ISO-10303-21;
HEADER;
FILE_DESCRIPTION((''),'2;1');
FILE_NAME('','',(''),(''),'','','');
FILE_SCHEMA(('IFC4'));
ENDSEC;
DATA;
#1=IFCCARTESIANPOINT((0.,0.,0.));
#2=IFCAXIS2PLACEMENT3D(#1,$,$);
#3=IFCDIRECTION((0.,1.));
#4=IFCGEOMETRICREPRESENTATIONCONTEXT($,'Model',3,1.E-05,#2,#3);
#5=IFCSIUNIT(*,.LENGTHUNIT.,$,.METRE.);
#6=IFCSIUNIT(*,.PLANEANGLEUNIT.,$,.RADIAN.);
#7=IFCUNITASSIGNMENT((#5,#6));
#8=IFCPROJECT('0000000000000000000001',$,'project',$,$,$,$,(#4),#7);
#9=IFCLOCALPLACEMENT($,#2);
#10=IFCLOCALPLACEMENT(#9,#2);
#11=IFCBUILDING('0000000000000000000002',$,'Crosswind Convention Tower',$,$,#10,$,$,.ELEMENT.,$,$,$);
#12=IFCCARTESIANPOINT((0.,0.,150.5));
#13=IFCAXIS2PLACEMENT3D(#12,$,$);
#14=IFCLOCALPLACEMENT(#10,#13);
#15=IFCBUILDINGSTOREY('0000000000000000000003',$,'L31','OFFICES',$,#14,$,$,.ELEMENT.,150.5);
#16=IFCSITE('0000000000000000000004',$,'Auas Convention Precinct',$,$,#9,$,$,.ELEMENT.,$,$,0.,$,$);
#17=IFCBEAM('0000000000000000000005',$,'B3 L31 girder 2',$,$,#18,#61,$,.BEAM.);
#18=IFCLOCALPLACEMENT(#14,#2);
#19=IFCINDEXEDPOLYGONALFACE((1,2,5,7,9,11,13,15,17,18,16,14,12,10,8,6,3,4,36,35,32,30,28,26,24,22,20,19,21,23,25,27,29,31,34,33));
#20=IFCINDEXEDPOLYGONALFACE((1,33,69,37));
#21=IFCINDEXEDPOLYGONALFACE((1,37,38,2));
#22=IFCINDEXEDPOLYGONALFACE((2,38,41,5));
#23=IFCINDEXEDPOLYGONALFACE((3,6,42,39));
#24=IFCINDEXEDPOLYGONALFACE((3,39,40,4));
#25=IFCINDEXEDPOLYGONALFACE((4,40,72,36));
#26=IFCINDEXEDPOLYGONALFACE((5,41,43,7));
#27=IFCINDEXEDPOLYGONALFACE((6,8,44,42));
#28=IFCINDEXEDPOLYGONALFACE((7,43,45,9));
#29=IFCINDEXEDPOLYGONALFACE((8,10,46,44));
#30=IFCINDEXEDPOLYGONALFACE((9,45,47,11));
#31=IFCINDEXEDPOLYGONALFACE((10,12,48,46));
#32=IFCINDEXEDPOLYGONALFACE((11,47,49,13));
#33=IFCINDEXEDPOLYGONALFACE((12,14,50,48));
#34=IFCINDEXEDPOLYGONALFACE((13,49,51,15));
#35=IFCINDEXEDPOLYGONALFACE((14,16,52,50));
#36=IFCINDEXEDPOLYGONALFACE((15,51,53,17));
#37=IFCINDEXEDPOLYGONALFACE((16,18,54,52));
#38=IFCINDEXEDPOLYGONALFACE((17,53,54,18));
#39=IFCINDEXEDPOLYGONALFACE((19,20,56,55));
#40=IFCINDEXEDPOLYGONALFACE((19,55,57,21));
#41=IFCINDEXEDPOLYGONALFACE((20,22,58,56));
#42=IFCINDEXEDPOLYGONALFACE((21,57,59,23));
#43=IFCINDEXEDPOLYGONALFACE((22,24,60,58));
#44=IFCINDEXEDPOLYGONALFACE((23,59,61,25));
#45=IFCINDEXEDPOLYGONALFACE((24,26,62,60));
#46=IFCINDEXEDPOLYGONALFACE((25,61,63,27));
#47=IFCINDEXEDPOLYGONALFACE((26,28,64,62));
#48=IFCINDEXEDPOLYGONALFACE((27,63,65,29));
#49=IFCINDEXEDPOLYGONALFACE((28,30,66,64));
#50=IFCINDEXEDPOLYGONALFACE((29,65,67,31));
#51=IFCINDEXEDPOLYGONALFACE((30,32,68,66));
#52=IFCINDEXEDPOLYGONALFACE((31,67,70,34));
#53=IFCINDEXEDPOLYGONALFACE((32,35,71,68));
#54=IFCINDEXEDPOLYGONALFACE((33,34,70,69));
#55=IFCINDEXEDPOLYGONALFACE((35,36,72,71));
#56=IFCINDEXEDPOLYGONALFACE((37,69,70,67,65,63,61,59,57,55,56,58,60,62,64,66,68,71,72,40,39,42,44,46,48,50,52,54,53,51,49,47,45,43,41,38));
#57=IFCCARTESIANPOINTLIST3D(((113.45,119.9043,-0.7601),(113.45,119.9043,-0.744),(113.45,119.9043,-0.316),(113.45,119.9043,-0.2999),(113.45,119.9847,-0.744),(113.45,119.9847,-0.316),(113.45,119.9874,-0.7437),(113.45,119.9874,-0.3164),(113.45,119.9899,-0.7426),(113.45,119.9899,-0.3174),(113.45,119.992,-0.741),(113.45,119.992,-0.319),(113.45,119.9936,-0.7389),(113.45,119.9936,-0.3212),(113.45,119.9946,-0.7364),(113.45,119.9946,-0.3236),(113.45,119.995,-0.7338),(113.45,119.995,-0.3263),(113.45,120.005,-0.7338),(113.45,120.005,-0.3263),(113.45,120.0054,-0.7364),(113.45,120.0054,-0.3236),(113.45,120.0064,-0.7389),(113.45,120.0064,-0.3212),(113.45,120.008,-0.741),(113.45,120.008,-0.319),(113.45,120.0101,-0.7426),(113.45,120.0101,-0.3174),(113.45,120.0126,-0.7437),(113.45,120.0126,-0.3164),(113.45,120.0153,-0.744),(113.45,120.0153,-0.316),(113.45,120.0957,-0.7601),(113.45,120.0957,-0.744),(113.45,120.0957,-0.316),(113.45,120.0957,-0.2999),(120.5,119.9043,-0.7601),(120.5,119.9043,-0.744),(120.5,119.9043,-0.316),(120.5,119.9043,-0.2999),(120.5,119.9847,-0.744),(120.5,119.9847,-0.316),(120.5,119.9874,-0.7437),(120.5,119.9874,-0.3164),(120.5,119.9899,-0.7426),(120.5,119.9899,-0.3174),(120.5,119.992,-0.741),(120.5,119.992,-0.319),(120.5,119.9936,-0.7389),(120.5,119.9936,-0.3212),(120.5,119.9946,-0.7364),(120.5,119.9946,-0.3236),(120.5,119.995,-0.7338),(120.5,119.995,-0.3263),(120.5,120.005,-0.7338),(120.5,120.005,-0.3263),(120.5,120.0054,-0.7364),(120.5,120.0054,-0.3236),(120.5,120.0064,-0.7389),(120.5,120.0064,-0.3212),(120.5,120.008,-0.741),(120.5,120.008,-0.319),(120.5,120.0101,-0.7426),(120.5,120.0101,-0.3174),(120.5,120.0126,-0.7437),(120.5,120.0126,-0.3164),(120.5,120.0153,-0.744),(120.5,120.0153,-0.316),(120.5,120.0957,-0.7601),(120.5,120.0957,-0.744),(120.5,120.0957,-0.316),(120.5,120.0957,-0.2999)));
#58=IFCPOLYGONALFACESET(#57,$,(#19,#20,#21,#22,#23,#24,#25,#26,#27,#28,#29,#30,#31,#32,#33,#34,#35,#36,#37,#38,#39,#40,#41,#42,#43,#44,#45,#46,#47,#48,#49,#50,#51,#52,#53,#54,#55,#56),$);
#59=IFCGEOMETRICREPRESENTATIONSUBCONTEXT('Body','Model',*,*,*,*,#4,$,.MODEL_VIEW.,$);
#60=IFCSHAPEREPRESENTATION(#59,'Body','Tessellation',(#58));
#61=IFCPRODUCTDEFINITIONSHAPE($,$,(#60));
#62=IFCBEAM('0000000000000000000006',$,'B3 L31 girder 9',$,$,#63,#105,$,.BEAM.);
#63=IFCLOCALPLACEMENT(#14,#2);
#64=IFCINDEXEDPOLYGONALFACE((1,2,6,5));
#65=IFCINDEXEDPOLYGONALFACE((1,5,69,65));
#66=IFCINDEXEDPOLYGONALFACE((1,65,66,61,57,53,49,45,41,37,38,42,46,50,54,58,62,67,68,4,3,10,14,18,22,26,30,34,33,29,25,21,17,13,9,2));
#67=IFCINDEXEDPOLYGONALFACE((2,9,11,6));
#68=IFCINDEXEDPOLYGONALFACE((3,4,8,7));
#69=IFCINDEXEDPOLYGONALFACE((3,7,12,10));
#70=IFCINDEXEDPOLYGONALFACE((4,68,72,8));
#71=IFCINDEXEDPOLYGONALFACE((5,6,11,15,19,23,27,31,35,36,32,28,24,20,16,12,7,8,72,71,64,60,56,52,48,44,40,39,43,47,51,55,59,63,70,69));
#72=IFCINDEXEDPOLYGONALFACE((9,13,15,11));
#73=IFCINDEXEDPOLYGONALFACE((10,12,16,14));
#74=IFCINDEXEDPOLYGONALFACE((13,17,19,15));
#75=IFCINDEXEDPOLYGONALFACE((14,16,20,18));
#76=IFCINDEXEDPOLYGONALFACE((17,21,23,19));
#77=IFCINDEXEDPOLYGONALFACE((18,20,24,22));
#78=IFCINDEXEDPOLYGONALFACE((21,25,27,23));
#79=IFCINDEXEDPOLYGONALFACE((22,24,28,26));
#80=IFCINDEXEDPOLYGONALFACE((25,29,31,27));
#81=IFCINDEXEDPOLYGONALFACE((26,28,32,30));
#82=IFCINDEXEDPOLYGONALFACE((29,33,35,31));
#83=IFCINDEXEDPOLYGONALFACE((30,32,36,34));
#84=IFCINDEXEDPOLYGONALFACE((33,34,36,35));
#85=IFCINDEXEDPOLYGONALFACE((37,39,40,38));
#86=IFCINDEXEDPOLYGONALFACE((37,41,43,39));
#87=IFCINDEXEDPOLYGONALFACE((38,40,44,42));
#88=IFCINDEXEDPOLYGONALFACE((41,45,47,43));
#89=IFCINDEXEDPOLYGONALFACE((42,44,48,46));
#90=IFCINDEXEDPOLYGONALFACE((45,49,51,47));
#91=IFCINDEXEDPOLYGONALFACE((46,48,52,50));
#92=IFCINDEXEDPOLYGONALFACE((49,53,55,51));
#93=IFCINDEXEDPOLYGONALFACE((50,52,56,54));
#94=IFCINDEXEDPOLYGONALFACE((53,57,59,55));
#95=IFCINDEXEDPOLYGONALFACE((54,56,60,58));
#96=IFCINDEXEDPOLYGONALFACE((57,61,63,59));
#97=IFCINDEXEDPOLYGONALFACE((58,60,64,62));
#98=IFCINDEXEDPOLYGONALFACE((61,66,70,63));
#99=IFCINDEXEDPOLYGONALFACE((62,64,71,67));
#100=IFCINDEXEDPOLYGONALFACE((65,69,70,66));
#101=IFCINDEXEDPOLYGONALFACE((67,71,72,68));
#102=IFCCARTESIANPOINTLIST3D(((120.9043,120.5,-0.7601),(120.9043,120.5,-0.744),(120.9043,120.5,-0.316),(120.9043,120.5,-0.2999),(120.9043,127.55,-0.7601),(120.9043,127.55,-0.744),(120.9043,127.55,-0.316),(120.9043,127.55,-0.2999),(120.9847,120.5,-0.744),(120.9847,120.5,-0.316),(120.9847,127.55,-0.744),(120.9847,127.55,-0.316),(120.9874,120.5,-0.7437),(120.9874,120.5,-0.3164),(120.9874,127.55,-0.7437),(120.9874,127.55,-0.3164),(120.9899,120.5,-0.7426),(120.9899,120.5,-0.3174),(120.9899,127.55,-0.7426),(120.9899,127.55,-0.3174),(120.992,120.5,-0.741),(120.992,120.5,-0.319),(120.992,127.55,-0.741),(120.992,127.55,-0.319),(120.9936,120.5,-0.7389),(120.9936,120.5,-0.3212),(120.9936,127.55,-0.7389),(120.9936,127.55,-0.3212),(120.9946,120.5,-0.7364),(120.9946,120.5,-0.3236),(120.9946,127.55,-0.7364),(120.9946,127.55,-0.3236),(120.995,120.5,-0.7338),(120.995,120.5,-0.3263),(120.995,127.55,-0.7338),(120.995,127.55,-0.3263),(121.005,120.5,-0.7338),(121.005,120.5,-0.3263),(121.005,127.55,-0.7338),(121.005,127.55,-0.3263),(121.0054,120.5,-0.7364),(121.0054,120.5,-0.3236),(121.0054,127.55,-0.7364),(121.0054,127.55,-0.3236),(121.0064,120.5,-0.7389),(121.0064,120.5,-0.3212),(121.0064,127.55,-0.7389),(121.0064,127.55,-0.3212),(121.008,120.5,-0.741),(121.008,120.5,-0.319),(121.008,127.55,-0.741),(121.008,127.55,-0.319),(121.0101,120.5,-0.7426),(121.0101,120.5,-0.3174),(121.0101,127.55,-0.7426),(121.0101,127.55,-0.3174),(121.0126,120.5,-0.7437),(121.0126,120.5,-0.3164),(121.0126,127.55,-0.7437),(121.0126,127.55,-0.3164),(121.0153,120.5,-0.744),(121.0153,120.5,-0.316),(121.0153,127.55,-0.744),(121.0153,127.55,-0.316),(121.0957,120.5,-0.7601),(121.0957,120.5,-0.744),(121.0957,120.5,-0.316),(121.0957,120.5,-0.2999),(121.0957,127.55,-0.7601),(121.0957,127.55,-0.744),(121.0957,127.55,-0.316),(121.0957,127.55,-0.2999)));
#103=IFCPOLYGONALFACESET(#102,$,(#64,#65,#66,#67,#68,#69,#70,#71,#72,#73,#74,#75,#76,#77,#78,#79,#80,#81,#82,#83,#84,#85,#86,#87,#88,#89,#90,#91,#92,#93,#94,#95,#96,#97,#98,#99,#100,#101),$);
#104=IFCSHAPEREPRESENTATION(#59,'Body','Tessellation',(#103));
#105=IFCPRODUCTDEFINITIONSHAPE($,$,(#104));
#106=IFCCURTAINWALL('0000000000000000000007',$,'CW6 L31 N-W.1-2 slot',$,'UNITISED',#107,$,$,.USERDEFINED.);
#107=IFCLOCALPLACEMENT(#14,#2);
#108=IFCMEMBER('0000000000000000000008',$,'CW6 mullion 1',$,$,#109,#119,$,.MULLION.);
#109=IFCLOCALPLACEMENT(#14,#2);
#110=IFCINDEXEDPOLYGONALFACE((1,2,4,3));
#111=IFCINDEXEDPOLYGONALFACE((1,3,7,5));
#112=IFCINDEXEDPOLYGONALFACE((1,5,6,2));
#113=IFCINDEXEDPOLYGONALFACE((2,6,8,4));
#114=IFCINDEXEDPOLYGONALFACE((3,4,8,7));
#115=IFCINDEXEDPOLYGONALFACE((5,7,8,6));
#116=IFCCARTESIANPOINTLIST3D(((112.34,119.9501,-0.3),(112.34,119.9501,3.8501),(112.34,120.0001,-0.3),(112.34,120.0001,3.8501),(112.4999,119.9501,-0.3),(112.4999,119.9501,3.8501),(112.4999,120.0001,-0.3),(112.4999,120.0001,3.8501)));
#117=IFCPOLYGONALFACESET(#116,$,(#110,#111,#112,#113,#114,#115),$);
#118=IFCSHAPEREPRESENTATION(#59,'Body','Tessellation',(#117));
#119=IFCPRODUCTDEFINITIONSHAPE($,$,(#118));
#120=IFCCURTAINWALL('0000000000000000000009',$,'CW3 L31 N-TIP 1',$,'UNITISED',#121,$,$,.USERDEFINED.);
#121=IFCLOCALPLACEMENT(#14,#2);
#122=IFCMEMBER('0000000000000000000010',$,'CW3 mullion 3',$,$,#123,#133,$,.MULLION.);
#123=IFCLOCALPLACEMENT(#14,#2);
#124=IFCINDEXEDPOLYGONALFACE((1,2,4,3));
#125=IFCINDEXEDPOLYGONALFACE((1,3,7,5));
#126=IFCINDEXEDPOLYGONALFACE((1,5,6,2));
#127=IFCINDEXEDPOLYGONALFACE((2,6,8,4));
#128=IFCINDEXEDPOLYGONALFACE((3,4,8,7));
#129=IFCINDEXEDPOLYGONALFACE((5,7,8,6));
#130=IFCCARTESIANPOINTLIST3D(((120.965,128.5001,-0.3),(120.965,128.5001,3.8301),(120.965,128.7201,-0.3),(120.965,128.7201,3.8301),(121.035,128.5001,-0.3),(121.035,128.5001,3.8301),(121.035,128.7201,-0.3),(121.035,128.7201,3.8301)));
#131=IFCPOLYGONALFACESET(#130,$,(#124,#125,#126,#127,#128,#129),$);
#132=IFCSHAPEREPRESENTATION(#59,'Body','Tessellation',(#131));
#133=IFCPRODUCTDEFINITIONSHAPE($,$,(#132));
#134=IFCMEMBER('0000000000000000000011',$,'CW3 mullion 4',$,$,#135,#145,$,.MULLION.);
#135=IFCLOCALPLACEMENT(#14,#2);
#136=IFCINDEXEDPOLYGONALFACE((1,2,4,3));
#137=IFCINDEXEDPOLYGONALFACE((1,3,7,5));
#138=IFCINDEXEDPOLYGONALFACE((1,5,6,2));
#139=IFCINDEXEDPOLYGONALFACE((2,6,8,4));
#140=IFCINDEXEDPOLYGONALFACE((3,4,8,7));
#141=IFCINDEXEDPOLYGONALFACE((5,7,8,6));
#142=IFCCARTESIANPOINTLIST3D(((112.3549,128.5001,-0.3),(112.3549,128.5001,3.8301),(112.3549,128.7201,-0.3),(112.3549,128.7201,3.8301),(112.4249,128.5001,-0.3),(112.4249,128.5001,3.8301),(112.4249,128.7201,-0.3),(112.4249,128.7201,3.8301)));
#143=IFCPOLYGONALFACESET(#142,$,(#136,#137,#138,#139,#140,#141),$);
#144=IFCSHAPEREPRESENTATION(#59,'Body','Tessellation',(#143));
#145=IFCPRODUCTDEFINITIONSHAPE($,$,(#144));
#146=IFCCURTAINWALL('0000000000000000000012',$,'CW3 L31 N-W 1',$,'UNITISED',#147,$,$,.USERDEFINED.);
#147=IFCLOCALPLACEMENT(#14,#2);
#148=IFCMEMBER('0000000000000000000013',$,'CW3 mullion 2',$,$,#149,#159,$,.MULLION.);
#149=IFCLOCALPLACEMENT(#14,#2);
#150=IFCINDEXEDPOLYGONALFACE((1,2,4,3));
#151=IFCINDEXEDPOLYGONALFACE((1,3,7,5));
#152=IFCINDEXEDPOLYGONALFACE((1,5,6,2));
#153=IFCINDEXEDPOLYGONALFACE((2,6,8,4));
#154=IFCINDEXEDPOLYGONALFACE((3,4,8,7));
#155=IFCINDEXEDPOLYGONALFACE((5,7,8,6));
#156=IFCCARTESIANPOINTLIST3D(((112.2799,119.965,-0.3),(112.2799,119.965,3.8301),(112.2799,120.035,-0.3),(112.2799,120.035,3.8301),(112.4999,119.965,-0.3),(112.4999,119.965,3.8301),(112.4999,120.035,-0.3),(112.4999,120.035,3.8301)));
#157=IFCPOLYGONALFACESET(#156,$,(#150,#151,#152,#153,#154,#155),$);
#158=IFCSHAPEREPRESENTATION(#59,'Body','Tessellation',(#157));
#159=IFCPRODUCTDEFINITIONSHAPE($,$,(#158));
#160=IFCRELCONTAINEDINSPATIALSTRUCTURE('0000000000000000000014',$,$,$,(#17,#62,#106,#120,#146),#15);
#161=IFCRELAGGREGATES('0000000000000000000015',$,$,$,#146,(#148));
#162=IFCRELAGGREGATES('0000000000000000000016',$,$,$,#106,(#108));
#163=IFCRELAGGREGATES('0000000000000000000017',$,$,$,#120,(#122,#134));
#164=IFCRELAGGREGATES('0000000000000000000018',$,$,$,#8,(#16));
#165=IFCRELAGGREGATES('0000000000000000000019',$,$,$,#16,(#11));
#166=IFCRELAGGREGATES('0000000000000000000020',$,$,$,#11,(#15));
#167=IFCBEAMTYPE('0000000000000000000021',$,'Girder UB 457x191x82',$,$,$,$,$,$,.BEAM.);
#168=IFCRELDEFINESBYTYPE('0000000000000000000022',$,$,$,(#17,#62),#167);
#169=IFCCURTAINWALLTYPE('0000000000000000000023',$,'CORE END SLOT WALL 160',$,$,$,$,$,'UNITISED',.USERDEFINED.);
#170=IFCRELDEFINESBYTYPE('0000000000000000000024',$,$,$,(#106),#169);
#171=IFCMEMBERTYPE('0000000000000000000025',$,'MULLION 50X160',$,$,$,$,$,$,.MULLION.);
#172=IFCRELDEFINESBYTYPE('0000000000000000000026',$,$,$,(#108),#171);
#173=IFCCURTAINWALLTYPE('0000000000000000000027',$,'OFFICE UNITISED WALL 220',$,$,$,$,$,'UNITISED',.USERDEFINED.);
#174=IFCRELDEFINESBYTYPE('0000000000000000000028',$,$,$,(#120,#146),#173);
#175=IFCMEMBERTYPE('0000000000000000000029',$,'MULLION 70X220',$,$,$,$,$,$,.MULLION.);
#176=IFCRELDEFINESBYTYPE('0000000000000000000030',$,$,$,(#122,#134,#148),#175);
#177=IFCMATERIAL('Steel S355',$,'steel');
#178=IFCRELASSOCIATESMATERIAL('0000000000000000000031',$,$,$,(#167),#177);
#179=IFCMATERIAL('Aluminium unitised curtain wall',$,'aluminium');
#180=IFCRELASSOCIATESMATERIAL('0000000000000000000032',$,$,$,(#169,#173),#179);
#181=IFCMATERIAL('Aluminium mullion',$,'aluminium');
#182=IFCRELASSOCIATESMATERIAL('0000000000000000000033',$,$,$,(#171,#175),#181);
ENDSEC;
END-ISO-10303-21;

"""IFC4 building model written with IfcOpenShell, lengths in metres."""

from ifc_helpers import new_model, si_unit, direction, frame, origin, origin_2d, place, context, subcontext, project, spatial, rectangle, i_section, extrude, material, material_profile, profile_set, type_object, element, aggregate, save


model = new_model("IFC4")

# Units and contexts
model_context = context("Model", 3, precision=1e-05, world=origin(), true_north=direction((0.0, 1.0)))
body_context = subcontext(model_context, "Body", "Model", "MODEL_VIEW")
ifc_project = project(units=[si_unit("LENGTHUNIT", "METRE"), si_unit("PLANEANGLEUNIT", "RADIAN")], contexts=[model_context])

# Site, building, storey
site_placement = place(None, origin())
site = spatial("IfcSite", under=ifc_project, at=site_placement, Name="Auas Convention Precinct", CompositionType="ELEMENT", RefElevation=0.0)
building_placement = place(site_placement, origin())
building = spatial("IfcBuilding", under=site, at=building_placement, Name="Crosswind Convention Tower", CompositionType="ELEMENT")
storey_placement = place(building_placement, frame((0.0, 0.0, 150.5)))
storey = spatial("IfcBuildingStorey", under=building, at=storey_placement, Name="L31", Description="OFFICES", CompositionType="ELEMENT", Elevation=150.5)

# Beams
ifc_material_1 = material(Name="Steel S355", Category="steel")
ifc_material_profile_1 = material_profile(ifc_material_1, i_section(OverallWidth=0.1914, OverallDepth=0.4602, WebThickness=0.01, FlangeThickness=0.0161, FilletRadius=0.0103, at=origin_2d()), Name="UB 457x191x82")
ifc_profile_set_1 = profile_set([ifc_material_profile_1], Name="Steel S355")
beam_type_1 = type_object("IfcBeamType", Name="Girder UB 457x191x82", PredefinedType="BEAM", material=ifc_profile_set_1)
for number, where, z_axis, x_axis, name in (
    (1, (113.45, 120.0, -0.53), (1.0, 0.0, 0.0), (0.0, 1.0, 0.0), "B3 L31 girder 2"),
    (2, (121.0, 120.5, -0.53), (0.0, 1.0, 0.0), (-1.0, 0.0, 0.0), "B3 L31 girder 9"),
):
    element("IfcBeam", number, at=place(storey_placement, frame(where, z_axis=z_axis, x_axis=x_axis)), inside=storey, type_object=beam_type_1, Name=name, PredefinedType="BEAM", context=body_context, shape_type="SweptSolid", body=[
        extrude(i_section(OverallWidth=0.1914, OverallDepth=0.4602, WebThickness=0.01, FlangeThickness=0.0161, FilletRadius=0.0103, at=origin_2d()), origin(), (0.0, 0.0, 1.0), 7.05),
    ])

# Curtain wall, member
ifc_material_2 = material(Name="Aluminium unitised curtain wall", Category="aluminium")
curtain_wall_type_1 = type_object("IfcCurtainWallType", Name="CORE END SLOT WALL 160", ElementType="UNITISED", PredefinedType="USERDEFINED", material=ifc_material_2)
curtain_wall_1_placement = place(storey_placement, origin())
curtain_wall_1 = element("IfcCurtainWall", 3, at=curtain_wall_1_placement, inside=storey, type_object=curtain_wall_type_1, Name="CW6 L31 N-W.1-2 slot", ObjectType="UNITISED", PredefinedType="USERDEFINED")
ifc_material_3 = material(Name="Aluminium mullion", Category="aluminium")
ifc_material_profile_2 = material_profile(ifc_material_3, rectangle(XDim=0.1599, YDim=0.05, at=origin_2d()), Name="AL 160X50")
ifc_profile_set_2 = profile_set([ifc_material_profile_2], Name="Aluminium mullion")
member_type_1 = type_object("IfcMemberType", Name="MULLION 50X160", PredefinedType="MULLION", material=ifc_profile_set_2)
member_1_placement = place(storey_placement, frame((112.4199, 119.9751, -0.3), z_axis=(0.0, 0.0, 1.0), x_axis=(-1.0, 0.0, 0.0)))
member_1 = element("IfcMember", 4, at=member_1_placement, type_object=member_type_1, Name="CW6 mullion 1", PredefinedType="MULLION", context=body_context, shape_type="SweptSolid", body=[
    extrude(rectangle(XDim=0.1599, YDim=0.05, at=origin_2d()), origin(), (0.0, 0.0, 1.0), 4.1501),
])

# Curtain wall, members
curtain_wall_type_2 = type_object("IfcCurtainWallType", Name="OFFICE UNITISED WALL 220", ElementType="UNITISED", PredefinedType="USERDEFINED", material=ifc_material_2)
curtain_wall_2_placement = place(storey_placement, origin())
curtain_wall_2 = element("IfcCurtainWall", 5, at=curtain_wall_2_placement, inside=storey, type_object=curtain_wall_type_2, Name="CW3 L31 N-TIP 1", ObjectType="UNITISED", PredefinedType="USERDEFINED")
ifc_material_profile_3 = material_profile(ifc_material_3, rectangle(XDim=0.22, YDim=0.0701, at=origin_2d()), Name="AL 220X70")
ifc_profile_set_3 = profile_set([ifc_material_profile_3], Name="Aluminium mullion")
member_type_2 = type_object("IfcMemberType", Name="MULLION 70X220", PredefinedType="MULLION", material=ifc_profile_set_3)
member_2_placement = place(storey_placement, frame((121.0, 128.6101, -0.3), z_axis=(0.0, 0.0, 1.0), x_axis=(0.0, 1.0, 0.0)))
member_2 = element("IfcMember", 6, at=member_2_placement, type_object=member_type_2, Name="CW3 mullion 3", PredefinedType="MULLION", context=body_context, shape_type="SweptSolid", body=[
    extrude(rectangle(XDim=0.22, YDim=0.0701, at=origin_2d()), origin(), (0.0, 0.0, 1.0), 4.1301),
])
member_3_placement = place(storey_placement, frame((112.3899, 128.6101, -0.3), z_axis=(0.0, 0.0, 1.0), x_axis=(0.0, 1.0, 0.0)))
member_3 = element("IfcMember", 7, at=member_3_placement, type_object=member_type_2, Name="CW3 mullion 4", PredefinedType="MULLION", context=body_context, shape_type="SweptSolid", body=[
    extrude(rectangle(XDim=0.22, YDim=0.0701, at=origin_2d()), origin(), (0.0, 0.0, 1.0), 4.1301),
])

# Curtain wall, member
curtain_wall_3_placement = place(storey_placement, origin())
curtain_wall_3 = element("IfcCurtainWall", 8, at=curtain_wall_3_placement, inside=storey, type_object=curtain_wall_type_2, Name="CW3 L31 N-W 1", ObjectType="UNITISED", PredefinedType="USERDEFINED")
member_4_placement = place(storey_placement, frame((112.3899, 120.0, -0.3), z_axis=(0.0, 0.0, 1.0), x_axis=(-1.0, 0.0, 0.0)))
member_4 = element("IfcMember", 9, at=member_4_placement, type_object=member_type_2, Name="CW3 mullion 2", PredefinedType="MULLION", context=body_context, shape_type="SweptSolid", body=[
    extrude(rectangle(XDim=0.22, YDim=0.0701, at=origin_2d()), origin(), (0.0, 0.0, 1.0), 4.1301),
])

aggregate(curtain_wall_3, [member_4])

aggregate(curtain_wall_1, [member_1])
aggregate(curtain_wall_2, [member_2, member_3])

save(model, "model.ifc")
